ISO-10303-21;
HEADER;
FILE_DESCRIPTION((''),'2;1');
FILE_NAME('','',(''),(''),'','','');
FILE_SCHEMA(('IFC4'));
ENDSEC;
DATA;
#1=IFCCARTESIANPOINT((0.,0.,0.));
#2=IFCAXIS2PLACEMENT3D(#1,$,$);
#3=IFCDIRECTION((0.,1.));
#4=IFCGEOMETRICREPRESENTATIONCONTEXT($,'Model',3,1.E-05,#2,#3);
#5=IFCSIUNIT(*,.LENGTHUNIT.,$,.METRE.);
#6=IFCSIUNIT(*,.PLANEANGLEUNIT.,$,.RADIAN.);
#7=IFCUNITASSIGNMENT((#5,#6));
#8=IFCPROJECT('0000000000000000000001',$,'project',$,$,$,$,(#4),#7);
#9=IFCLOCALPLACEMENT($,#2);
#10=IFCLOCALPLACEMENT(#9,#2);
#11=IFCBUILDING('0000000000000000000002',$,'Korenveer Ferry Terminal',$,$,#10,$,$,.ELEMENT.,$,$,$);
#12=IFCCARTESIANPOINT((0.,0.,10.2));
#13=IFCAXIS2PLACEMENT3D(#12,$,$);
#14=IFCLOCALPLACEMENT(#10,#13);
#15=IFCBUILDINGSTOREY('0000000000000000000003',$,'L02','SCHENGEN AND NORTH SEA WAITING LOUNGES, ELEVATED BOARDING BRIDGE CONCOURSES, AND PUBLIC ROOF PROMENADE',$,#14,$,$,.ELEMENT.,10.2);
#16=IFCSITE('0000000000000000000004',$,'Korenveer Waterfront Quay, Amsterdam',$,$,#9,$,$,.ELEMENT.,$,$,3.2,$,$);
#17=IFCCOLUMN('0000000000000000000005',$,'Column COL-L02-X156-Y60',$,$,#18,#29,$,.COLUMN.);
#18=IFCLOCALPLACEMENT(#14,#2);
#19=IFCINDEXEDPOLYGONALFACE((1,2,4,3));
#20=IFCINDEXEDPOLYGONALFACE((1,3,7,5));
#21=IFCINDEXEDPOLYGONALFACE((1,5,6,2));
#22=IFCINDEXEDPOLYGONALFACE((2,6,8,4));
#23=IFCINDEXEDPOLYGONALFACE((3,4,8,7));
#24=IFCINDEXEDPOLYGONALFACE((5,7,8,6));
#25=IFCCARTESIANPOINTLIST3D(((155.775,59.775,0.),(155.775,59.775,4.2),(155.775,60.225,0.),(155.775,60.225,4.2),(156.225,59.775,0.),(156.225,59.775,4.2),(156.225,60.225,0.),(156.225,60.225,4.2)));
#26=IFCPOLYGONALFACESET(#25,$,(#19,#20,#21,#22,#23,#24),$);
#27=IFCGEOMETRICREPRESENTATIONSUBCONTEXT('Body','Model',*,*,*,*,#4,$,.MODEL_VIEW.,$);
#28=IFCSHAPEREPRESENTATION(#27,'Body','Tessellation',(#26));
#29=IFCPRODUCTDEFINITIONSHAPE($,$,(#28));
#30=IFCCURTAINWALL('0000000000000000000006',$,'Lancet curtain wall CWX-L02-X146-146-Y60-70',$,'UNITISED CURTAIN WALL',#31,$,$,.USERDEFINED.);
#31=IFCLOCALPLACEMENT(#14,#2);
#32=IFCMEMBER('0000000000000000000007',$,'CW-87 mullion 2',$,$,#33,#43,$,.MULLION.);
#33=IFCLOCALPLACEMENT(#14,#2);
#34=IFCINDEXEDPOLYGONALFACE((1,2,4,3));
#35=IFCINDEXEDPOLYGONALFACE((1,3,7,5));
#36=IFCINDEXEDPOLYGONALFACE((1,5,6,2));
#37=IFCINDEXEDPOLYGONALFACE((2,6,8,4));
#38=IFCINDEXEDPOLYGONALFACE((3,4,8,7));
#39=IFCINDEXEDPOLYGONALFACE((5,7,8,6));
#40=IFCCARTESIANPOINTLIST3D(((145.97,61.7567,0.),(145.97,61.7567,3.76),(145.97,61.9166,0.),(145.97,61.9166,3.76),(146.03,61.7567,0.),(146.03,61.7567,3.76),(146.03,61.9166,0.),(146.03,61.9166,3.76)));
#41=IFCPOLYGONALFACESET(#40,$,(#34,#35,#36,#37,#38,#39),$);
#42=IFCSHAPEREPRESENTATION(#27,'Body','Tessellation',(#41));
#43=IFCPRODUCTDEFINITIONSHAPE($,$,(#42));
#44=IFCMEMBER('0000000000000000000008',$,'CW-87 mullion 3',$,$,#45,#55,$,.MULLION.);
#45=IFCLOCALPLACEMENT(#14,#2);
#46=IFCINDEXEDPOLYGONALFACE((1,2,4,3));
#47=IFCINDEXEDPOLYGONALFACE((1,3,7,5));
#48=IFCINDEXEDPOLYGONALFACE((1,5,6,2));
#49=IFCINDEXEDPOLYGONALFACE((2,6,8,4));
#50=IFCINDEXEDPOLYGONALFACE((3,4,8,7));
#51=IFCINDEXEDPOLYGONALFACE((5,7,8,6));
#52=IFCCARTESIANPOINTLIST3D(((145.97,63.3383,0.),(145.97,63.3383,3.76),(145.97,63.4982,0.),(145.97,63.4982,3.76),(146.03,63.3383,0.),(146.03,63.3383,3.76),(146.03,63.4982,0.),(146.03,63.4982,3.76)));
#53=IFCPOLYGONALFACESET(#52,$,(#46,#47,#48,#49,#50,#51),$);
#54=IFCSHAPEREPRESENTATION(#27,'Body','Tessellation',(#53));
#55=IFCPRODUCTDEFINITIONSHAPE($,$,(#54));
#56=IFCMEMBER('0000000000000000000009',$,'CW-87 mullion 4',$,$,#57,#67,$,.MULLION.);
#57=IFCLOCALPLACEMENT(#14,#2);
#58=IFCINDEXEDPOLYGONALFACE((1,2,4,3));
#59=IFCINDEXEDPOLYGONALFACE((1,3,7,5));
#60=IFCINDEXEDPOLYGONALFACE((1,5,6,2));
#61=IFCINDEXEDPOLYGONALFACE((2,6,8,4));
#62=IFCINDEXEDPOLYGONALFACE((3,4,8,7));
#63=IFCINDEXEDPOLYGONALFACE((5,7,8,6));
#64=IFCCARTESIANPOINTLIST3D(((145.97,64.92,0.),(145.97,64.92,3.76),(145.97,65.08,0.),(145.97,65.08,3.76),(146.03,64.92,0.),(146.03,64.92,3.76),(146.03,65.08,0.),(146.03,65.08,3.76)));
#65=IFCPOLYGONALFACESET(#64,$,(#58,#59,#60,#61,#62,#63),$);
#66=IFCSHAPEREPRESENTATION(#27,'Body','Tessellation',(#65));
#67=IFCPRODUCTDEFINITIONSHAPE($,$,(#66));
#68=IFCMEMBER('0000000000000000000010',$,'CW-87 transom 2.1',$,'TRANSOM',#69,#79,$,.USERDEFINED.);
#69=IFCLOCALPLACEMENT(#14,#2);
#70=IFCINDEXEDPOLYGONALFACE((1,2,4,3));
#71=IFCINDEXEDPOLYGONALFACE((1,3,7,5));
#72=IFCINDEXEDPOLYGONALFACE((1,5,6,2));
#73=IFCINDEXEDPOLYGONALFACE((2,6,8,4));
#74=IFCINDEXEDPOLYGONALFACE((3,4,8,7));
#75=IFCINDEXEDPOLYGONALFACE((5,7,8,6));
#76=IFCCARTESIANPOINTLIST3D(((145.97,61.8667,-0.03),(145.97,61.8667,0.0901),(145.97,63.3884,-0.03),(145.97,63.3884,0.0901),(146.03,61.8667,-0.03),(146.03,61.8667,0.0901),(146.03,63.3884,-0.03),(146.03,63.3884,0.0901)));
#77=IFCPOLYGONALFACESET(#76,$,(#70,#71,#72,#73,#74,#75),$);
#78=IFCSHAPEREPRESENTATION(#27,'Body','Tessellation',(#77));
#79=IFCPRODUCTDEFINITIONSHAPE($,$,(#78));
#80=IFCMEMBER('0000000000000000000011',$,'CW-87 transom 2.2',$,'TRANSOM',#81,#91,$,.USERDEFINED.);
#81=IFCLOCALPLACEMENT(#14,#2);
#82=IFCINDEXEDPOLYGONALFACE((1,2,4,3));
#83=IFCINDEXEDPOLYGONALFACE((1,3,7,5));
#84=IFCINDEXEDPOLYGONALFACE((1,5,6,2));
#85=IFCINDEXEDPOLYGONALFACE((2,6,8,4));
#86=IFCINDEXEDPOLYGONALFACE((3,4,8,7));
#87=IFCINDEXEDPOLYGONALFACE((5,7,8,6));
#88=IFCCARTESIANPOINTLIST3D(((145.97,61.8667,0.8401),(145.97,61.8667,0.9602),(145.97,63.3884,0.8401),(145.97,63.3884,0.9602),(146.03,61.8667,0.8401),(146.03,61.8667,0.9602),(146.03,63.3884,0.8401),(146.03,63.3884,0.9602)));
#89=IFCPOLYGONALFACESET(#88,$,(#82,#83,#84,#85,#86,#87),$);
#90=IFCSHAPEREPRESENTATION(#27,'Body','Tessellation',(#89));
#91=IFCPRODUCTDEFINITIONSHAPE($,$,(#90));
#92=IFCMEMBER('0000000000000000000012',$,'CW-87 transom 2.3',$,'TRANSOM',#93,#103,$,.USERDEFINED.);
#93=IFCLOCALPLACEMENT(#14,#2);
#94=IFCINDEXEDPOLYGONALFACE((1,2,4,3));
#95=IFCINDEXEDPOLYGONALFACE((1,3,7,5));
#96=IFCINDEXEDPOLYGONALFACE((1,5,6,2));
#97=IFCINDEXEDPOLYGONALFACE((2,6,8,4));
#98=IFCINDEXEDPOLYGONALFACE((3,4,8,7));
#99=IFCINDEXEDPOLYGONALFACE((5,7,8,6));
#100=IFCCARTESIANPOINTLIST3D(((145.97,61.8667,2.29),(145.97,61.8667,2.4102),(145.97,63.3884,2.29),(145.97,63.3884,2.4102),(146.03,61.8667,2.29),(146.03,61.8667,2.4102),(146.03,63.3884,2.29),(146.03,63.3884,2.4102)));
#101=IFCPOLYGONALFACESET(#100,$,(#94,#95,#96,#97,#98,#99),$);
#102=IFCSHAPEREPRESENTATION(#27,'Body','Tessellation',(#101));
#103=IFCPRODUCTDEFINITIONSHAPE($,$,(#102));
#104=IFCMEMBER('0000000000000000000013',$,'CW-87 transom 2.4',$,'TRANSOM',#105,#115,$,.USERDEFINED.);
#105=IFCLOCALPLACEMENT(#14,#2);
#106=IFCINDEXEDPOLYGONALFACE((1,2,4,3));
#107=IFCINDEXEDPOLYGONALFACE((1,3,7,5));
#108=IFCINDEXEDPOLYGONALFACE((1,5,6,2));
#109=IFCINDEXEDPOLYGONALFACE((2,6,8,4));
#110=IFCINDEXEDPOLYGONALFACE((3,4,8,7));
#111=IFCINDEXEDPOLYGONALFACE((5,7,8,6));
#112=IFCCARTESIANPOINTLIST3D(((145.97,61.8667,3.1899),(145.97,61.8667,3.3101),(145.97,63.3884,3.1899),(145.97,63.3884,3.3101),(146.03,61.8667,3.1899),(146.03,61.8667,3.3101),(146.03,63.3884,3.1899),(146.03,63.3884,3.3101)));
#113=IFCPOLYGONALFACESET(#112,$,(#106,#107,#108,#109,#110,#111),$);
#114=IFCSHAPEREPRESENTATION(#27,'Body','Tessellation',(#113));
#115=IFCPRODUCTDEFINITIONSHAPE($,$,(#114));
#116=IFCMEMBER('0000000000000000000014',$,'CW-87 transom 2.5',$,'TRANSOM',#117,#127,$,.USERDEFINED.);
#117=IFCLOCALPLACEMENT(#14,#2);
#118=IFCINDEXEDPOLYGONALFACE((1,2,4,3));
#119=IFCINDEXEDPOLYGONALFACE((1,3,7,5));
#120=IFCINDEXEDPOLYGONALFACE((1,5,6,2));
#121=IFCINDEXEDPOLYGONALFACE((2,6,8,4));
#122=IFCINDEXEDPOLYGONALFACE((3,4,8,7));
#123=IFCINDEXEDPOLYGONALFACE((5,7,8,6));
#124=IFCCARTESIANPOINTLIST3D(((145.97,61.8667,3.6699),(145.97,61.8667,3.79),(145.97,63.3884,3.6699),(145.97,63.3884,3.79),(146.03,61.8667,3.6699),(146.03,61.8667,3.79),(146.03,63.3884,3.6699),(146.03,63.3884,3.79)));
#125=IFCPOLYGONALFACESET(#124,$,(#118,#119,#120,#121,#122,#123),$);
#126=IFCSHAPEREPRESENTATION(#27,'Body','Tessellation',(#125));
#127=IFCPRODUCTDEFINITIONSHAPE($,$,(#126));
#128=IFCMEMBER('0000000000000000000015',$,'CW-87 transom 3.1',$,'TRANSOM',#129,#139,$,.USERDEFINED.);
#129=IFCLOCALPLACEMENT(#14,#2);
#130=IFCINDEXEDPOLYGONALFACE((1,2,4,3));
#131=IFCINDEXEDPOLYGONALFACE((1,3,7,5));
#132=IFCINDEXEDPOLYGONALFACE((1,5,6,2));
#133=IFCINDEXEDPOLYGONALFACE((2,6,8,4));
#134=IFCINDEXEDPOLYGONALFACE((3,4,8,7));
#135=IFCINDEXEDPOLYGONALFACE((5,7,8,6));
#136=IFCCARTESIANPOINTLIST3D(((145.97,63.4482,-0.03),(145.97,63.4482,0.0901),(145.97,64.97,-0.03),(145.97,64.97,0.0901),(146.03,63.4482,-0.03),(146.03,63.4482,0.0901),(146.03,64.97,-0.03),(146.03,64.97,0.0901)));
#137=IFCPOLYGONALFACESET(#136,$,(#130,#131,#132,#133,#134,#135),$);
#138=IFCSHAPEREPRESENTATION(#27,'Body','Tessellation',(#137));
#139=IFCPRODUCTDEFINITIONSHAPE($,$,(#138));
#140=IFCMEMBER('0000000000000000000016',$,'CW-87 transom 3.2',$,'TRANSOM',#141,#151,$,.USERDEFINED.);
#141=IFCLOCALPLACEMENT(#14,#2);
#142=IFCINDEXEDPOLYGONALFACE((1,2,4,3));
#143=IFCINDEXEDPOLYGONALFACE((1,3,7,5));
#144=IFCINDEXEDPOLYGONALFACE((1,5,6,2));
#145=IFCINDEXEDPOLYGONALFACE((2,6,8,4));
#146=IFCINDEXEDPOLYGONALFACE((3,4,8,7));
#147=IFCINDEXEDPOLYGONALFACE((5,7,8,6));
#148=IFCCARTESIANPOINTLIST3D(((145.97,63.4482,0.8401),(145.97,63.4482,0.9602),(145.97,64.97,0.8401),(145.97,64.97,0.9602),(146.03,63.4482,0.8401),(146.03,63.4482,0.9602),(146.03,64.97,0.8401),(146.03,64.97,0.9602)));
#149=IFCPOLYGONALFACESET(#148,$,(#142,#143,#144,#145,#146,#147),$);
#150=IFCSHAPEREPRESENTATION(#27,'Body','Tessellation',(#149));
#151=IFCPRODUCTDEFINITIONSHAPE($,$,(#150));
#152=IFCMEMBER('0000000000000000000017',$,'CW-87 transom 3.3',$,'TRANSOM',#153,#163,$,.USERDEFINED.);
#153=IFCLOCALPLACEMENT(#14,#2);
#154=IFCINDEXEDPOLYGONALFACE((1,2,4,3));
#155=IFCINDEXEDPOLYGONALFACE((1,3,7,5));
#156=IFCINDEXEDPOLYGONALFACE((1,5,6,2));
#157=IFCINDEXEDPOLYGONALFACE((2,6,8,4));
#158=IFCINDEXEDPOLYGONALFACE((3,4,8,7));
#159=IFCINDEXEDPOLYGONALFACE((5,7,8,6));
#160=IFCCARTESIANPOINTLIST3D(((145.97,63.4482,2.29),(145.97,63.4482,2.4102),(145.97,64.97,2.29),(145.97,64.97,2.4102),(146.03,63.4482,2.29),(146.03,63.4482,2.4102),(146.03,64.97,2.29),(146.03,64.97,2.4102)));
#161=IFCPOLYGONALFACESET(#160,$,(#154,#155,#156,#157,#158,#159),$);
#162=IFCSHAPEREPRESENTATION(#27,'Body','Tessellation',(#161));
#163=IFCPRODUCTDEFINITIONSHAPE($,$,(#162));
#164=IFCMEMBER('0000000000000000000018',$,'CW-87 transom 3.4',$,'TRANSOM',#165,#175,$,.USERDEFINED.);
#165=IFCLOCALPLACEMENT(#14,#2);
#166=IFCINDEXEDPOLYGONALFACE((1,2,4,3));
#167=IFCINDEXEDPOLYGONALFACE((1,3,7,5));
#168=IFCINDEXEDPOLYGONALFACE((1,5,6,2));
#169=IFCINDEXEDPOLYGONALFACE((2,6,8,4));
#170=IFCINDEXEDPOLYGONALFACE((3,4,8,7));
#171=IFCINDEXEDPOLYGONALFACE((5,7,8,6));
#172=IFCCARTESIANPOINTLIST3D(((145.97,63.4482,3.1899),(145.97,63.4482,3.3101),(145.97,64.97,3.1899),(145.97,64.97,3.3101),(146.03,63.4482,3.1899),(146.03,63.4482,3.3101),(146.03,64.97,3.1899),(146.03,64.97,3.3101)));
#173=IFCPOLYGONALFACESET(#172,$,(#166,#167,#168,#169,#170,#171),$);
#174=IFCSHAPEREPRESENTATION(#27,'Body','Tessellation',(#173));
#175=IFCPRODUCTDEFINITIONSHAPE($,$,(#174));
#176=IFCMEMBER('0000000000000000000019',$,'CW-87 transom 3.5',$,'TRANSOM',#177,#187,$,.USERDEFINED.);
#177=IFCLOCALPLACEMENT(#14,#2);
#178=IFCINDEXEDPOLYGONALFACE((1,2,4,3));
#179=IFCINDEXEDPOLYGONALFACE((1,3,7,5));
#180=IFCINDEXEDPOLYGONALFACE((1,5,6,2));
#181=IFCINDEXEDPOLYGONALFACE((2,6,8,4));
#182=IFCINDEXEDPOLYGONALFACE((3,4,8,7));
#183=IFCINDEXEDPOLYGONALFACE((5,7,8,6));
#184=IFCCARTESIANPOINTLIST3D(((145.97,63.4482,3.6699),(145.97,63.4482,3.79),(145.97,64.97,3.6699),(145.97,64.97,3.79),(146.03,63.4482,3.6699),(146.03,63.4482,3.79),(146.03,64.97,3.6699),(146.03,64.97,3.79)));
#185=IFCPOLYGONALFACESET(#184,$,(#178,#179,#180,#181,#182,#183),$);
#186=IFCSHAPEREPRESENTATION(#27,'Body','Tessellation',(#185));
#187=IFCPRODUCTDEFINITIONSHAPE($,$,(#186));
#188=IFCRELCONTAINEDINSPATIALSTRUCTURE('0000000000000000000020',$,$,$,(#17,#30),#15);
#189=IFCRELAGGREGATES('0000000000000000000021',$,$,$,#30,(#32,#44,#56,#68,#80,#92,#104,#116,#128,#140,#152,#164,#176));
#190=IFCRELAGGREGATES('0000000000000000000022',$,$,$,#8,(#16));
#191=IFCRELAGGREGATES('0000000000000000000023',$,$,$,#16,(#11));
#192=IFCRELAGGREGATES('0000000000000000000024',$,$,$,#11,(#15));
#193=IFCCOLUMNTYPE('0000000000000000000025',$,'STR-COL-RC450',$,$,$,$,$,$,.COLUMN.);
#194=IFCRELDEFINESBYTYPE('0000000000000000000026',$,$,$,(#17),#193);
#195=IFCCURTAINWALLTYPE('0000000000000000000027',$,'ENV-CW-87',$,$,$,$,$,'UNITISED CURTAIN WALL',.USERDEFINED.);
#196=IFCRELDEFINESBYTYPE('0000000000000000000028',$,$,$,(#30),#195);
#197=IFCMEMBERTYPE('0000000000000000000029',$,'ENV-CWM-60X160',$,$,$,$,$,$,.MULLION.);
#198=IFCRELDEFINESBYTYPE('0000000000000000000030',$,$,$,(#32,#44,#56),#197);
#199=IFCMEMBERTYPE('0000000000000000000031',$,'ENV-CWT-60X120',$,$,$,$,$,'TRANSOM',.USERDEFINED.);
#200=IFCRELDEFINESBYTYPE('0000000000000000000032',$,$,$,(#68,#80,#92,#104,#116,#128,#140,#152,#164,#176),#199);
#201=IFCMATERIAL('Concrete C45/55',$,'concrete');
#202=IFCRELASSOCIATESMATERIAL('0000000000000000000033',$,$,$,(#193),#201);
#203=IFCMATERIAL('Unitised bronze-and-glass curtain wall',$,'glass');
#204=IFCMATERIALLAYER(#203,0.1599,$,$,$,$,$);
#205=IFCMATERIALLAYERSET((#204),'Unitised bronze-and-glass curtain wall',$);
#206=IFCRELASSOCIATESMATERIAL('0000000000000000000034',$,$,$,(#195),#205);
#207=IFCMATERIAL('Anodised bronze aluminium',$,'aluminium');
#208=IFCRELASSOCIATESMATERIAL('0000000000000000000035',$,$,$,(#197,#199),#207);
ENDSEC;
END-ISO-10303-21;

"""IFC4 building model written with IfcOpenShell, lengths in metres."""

from ifc_helpers import new_model, si_unit, direction, frame, origin, origin_2d, place, context, subcontext, project, spatial, rectangle, extrude, material, layer, layer_set, material_profile, profile_set, type_object, element, aggregate, save


model = new_model("IFC4")

# Units and contexts
model_context = context("Model", 3, precision=1e-05, world=origin(), true_north=direction((0.0, 1.0)))
body_context = subcontext(model_context, "Body", "Model", "MODEL_VIEW")
ifc_project = project(units=[si_unit("LENGTHUNIT", "METRE"), si_unit("PLANEANGLEUNIT", "RADIAN")], contexts=[model_context])

# Site, building, storey
site_placement = place(None, origin())
site = spatial("IfcSite", under=ifc_project, at=site_placement, Name="Korenveer Waterfront Quay, Amsterdam", CompositionType="ELEMENT", RefElevation=3.2)
building_placement = place(site_placement, origin())
building = spatial("IfcBuilding", under=site, at=building_placement, Name="Korenveer Ferry Terminal", CompositionType="ELEMENT")
storey_placement = place(building_placement, frame((0.0, 0.0, 10.2)))
storey = spatial("IfcBuildingStorey", under=building, at=storey_placement, Name="L02", Description="SCHENGEN AND NORTH SEA WAITING LOUNGES, ELEVATED BOARDING BRIDGE CONCOURSES, AND PUBLIC ROOF PROMENADE", CompositionType="ELEMENT", Elevation=10.2)

# Column
ifc_material_1 = material(Name="Concrete C45/55", Category="concrete")
ifc_material_profile_1 = material_profile(ifc_material_1, rectangle(XDim=0.45, YDim=0.45, at=origin_2d()), Name="RC 450x450")
ifc_profile_set_1 = profile_set([ifc_material_profile_1], Name="Concrete C45/55")
column_type = type_object("IfcColumnType", Name="STR-COL-RC450", PredefinedType="COLUMN", material=ifc_profile_set_1)
column_placement = place(storey_placement, frame((156.0, 60.0, 0.0), z_axis=(0.0, 0.0, 1.0), x_axis=(1.0, 0.0, 0.0)))
element("IfcColumn", 1, at=column_placement, inside=storey, type_object=column_type, Name="Column COL-L02-X156-Y60", PredefinedType="COLUMN", context=body_context, shape_type="SweptSolid", body=[
    extrude(rectangle(XDim=0.45, YDim=0.45, at=origin_2d()), origin(), (0.0, 0.0, 1.0), 4.2),
])

# Curtain wall, members
ifc_material_2 = material(Name="Unitised bronze-and-glass curtain wall", Category="glass")
ifc_layer_1 = layer(ifc_material_2, 0.1599)
ifc_layer_set_1 = layer_set([ifc_layer_1], Name="Unitised bronze-and-glass curtain wall")
curtain_wall_type = type_object("IfcCurtainWallType", Name="ENV-CW-87", ElementType="UNITISED CURTAIN WALL", PredefinedType="USERDEFINED", material=ifc_layer_set_1)
curtain_wall_placement = place(storey_placement, frame((146.0, 60.2549, 0.0)))
curtain_wall = element("IfcCurtainWall", 2, at=curtain_wall_placement, inside=storey, type_object=curtain_wall_type, Name="Lancet curtain wall CWX-L02-X146-146-Y60-70", ObjectType="UNITISED CURTAIN WALL", PredefinedType="USERDEFINED")
ifc_material_3 = material(Name="Anodised bronze aluminium", Category="aluminium")
ifc_material_profile_2 = material_profile(ifc_material_3, rectangle(XDim=0.0601, YDim=0.1599, at=origin_2d()), Name="ALU 60x160")
ifc_profile_set_2 = profile_set([ifc_material_profile_2], Name="Anodised bronze aluminium")
member_type_1 = type_object("IfcMemberType", Name="ENV-CWM-60X160", PredefinedType="MULLION", material=ifc_profile_set_2)
member_1_placement = place(storey_placement, frame((146.0, 61.8367, 0.0), z_axis=(0.0, 0.0, 1.0), x_axis=(-1.0, 0.0, 0.0)))
member_1 = element("IfcMember", 3, at=member_1_placement, type_object=member_type_1, Name="CW-87 mullion 2", PredefinedType="MULLION", context=body_context, shape_type="SweptSolid", body=[
    extrude(rectangle(XDim=0.0601, YDim=0.1599, at=origin_2d()), origin(), (0.0, 0.0, 1.0), 3.76),
])
member_2_placement = place(storey_placement, frame((146.0, 63.4182, 0.0), z_axis=(0.0, 0.0, 1.0), x_axis=(-1.0, 0.0, 0.0)))
member_2 = element("IfcMember", 4, at=member_2_placement, type_object=member_type_1, Name="CW-87 mullion 3", PredefinedType="MULLION", context=body_context, shape_type="SweptSolid", body=[
    extrude(rectangle(XDim=0.0601, YDim=0.1599, at=origin_2d()), origin(), (0.0, 0.0, 1.0), 3.76),
])
member_3_placement = place(storey_placement, frame((146.0, 65.0, 0.0), z_axis=(0.0, 0.0, 1.0), x_axis=(-1.0, 0.0, 0.0)))
member_3 = element("IfcMember", 5, at=member_3_placement, type_object=member_type_1, Name="CW-87 mullion 4", PredefinedType="MULLION", context=body_context, shape_type="SweptSolid", body=[
    extrude(rectangle(XDim=0.0601, YDim=0.1599, at=origin_2d()), origin(), (0.0, 0.0, 1.0), 3.76),
])
ifc_material_profile_3 = material_profile(ifc_material_3, rectangle(XDim=0.0601, YDim=0.1201, at=origin_2d()), Name="ALU 60x120")
ifc_profile_set_3 = profile_set([ifc_material_profile_3], Name="Anodised bronze aluminium")
member_type_2 = type_object("IfcMemberType", Name="ENV-CWT-60X120", ElementType="TRANSOM", PredefinedType="USERDEFINED", material=ifc_profile_set_3)
member_4_placement = place(storey_placement, frame((146.0, 61.8667, 0.03), z_axis=(0.0, 1.0, 0.0), x_axis=(-1.0, 0.0, 0.0)))
member_4 = element("IfcMember", 6, at=member_4_placement, type_object=member_type_2, Name="CW-87 transom 2.1", ObjectType="TRANSOM", PredefinedType="USERDEFINED", context=body_context, shape_type="SweptSolid", body=[
    extrude(rectangle(XDim=0.0601, YDim=0.1201, at=origin_2d()), origin(), (0.0, 0.0, 1.0), 1.5217),
])
member_5_placement = place(storey_placement, frame((146.0, 61.8667, 0.9001), z_axis=(0.0, 1.0, 0.0), x_axis=(-1.0, 0.0, 0.0)))
member_5 = element("IfcMember", 7, at=member_5_placement, type_object=member_type_2, Name="CW-87 transom 2.2", ObjectType="TRANSOM", PredefinedType="USERDEFINED", context=body_context, shape_type="SweptSolid", body=[
    extrude(rectangle(XDim=0.0601, YDim=0.1201, at=origin_2d()), origin(), (0.0, 0.0, 1.0), 1.5217),
])
member_6_placement = place(storey_placement, frame((146.0, 61.8667, 2.3501), z_axis=(0.0, 1.0, 0.0), x_axis=(-1.0, 0.0, 0.0)))
member_6 = element("IfcMember", 8, at=member_6_placement, type_object=member_type_2, Name="CW-87 transom 2.3", ObjectType="TRANSOM", PredefinedType="USERDEFINED", context=body_context, shape_type="SweptSolid", body=[
    extrude(rectangle(XDim=0.0601, YDim=0.1201, at=origin_2d()), origin(), (0.0, 0.0, 1.0), 1.5217),
])
member_7_placement = place(storey_placement, frame((146.0, 61.8667, 3.25), z_axis=(0.0, 1.0, 0.0), x_axis=(-1.0, 0.0, 0.0)))
member_7 = element("IfcMember", 9, at=member_7_placement, type_object=member_type_2, Name="CW-87 transom 2.4", ObjectType="TRANSOM", PredefinedType="USERDEFINED", context=body_context, shape_type="SweptSolid", body=[
    extrude(rectangle(XDim=0.0601, YDim=0.1201, at=origin_2d()), origin(), (0.0, 0.0, 1.0), 1.5217),
])
member_8_placement = place(storey_placement, frame((146.0, 61.8667, 3.73), z_axis=(0.0, 1.0, 0.0), x_axis=(-1.0, 0.0, 0.0)))
member_8 = element("IfcMember", 10, at=member_8_placement, type_object=member_type_2, Name="CW-87 transom 2.5", ObjectType="TRANSOM", PredefinedType="USERDEFINED", context=body_context, shape_type="SweptSolid", body=[
    extrude(rectangle(XDim=0.0601, YDim=0.1201, at=origin_2d()), origin(), (0.0, 0.0, 1.0), 1.5217),
])
member_9_placement = place(storey_placement, frame((146.0, 63.4482, 0.03), z_axis=(0.0, 1.0, 0.0), x_axis=(-1.0, 0.0, 0.0)))
member_9 = element("IfcMember", 11, at=member_9_placement, type_object=member_type_2, Name="CW-87 transom 3.1", ObjectType="TRANSOM", PredefinedType="USERDEFINED", context=body_context, shape_type="SweptSolid", body=[
    extrude(rectangle(XDim=0.0601, YDim=0.1201, at=origin_2d()), origin(), (0.0, 0.0, 1.0), 1.5217),
])
member_10_placement = place(storey_placement, frame((146.0, 63.4482, 0.9001), z_axis=(0.0, 1.0, 0.0), x_axis=(-1.0, 0.0, 0.0)))
member_10 = element("IfcMember", 12, at=member_10_placement, type_object=member_type_2, Name="CW-87 transom 3.2", ObjectType="TRANSOM", PredefinedType="USERDEFINED", context=body_context, shape_type="SweptSolid", body=[
    extrude(rectangle(XDim=0.0601, YDim=0.1201, at=origin_2d()), origin(), (0.0, 0.0, 1.0), 1.5217),
])
member_11_placement = place(storey_placement, frame((146.0, 63.4482, 2.3501), z_axis=(0.0, 1.0, 0.0), x_axis=(-1.0, 0.0, 0.0)))
member_11 = element("IfcMember", 13, at=member_11_placement, type_object=member_type_2, Name="CW-87 transom 3.3", ObjectType="TRANSOM", PredefinedType="USERDEFINED", context=body_context, shape_type="SweptSolid", body=[
    extrude(rectangle(XDim=0.0601, YDim=0.1201, at=origin_2d()), origin(), (0.0, 0.0, 1.0), 1.5217),
])
member_12_placement = place(storey_placement, frame((146.0, 63.4482, 3.25), z_axis=(0.0, 1.0, 0.0), x_axis=(-1.0, 0.0, 0.0)))
member_12 = element("IfcMember", 14, at=member_12_placement, type_object=member_type_2, Name="CW-87 transom 3.4", ObjectType="TRANSOM", PredefinedType="USERDEFINED", context=body_context, shape_type="SweptSolid", body=[
    extrude(rectangle(XDim=0.0601, YDim=0.1201, at=origin_2d()), origin(), (0.0, 0.0, 1.0), 1.5217),
])
member_13_placement = place(storey_placement, frame((146.0, 63.4482, 3.73), z_axis=(0.0, 1.0, 0.0), x_axis=(-1.0, 0.0, 0.0)))
member_13 = element("IfcMember", 15, at=member_13_placement, type_object=member_type_2, Name="CW-87 transom 3.5", ObjectType="TRANSOM", PredefinedType="USERDEFINED", context=body_context, shape_type="SweptSolid", body=[
    extrude(rectangle(XDim=0.0601, YDim=0.1201, at=origin_2d()), origin(), (0.0, 0.0, 1.0), 1.5217),
])
aggregate(curtain_wall, [member_1, member_2, member_3, member_4, member_5, member_6, member_7, member_8, member_9, member_10, member_11, member_12, member_13])

save(model, "model.ifc")
